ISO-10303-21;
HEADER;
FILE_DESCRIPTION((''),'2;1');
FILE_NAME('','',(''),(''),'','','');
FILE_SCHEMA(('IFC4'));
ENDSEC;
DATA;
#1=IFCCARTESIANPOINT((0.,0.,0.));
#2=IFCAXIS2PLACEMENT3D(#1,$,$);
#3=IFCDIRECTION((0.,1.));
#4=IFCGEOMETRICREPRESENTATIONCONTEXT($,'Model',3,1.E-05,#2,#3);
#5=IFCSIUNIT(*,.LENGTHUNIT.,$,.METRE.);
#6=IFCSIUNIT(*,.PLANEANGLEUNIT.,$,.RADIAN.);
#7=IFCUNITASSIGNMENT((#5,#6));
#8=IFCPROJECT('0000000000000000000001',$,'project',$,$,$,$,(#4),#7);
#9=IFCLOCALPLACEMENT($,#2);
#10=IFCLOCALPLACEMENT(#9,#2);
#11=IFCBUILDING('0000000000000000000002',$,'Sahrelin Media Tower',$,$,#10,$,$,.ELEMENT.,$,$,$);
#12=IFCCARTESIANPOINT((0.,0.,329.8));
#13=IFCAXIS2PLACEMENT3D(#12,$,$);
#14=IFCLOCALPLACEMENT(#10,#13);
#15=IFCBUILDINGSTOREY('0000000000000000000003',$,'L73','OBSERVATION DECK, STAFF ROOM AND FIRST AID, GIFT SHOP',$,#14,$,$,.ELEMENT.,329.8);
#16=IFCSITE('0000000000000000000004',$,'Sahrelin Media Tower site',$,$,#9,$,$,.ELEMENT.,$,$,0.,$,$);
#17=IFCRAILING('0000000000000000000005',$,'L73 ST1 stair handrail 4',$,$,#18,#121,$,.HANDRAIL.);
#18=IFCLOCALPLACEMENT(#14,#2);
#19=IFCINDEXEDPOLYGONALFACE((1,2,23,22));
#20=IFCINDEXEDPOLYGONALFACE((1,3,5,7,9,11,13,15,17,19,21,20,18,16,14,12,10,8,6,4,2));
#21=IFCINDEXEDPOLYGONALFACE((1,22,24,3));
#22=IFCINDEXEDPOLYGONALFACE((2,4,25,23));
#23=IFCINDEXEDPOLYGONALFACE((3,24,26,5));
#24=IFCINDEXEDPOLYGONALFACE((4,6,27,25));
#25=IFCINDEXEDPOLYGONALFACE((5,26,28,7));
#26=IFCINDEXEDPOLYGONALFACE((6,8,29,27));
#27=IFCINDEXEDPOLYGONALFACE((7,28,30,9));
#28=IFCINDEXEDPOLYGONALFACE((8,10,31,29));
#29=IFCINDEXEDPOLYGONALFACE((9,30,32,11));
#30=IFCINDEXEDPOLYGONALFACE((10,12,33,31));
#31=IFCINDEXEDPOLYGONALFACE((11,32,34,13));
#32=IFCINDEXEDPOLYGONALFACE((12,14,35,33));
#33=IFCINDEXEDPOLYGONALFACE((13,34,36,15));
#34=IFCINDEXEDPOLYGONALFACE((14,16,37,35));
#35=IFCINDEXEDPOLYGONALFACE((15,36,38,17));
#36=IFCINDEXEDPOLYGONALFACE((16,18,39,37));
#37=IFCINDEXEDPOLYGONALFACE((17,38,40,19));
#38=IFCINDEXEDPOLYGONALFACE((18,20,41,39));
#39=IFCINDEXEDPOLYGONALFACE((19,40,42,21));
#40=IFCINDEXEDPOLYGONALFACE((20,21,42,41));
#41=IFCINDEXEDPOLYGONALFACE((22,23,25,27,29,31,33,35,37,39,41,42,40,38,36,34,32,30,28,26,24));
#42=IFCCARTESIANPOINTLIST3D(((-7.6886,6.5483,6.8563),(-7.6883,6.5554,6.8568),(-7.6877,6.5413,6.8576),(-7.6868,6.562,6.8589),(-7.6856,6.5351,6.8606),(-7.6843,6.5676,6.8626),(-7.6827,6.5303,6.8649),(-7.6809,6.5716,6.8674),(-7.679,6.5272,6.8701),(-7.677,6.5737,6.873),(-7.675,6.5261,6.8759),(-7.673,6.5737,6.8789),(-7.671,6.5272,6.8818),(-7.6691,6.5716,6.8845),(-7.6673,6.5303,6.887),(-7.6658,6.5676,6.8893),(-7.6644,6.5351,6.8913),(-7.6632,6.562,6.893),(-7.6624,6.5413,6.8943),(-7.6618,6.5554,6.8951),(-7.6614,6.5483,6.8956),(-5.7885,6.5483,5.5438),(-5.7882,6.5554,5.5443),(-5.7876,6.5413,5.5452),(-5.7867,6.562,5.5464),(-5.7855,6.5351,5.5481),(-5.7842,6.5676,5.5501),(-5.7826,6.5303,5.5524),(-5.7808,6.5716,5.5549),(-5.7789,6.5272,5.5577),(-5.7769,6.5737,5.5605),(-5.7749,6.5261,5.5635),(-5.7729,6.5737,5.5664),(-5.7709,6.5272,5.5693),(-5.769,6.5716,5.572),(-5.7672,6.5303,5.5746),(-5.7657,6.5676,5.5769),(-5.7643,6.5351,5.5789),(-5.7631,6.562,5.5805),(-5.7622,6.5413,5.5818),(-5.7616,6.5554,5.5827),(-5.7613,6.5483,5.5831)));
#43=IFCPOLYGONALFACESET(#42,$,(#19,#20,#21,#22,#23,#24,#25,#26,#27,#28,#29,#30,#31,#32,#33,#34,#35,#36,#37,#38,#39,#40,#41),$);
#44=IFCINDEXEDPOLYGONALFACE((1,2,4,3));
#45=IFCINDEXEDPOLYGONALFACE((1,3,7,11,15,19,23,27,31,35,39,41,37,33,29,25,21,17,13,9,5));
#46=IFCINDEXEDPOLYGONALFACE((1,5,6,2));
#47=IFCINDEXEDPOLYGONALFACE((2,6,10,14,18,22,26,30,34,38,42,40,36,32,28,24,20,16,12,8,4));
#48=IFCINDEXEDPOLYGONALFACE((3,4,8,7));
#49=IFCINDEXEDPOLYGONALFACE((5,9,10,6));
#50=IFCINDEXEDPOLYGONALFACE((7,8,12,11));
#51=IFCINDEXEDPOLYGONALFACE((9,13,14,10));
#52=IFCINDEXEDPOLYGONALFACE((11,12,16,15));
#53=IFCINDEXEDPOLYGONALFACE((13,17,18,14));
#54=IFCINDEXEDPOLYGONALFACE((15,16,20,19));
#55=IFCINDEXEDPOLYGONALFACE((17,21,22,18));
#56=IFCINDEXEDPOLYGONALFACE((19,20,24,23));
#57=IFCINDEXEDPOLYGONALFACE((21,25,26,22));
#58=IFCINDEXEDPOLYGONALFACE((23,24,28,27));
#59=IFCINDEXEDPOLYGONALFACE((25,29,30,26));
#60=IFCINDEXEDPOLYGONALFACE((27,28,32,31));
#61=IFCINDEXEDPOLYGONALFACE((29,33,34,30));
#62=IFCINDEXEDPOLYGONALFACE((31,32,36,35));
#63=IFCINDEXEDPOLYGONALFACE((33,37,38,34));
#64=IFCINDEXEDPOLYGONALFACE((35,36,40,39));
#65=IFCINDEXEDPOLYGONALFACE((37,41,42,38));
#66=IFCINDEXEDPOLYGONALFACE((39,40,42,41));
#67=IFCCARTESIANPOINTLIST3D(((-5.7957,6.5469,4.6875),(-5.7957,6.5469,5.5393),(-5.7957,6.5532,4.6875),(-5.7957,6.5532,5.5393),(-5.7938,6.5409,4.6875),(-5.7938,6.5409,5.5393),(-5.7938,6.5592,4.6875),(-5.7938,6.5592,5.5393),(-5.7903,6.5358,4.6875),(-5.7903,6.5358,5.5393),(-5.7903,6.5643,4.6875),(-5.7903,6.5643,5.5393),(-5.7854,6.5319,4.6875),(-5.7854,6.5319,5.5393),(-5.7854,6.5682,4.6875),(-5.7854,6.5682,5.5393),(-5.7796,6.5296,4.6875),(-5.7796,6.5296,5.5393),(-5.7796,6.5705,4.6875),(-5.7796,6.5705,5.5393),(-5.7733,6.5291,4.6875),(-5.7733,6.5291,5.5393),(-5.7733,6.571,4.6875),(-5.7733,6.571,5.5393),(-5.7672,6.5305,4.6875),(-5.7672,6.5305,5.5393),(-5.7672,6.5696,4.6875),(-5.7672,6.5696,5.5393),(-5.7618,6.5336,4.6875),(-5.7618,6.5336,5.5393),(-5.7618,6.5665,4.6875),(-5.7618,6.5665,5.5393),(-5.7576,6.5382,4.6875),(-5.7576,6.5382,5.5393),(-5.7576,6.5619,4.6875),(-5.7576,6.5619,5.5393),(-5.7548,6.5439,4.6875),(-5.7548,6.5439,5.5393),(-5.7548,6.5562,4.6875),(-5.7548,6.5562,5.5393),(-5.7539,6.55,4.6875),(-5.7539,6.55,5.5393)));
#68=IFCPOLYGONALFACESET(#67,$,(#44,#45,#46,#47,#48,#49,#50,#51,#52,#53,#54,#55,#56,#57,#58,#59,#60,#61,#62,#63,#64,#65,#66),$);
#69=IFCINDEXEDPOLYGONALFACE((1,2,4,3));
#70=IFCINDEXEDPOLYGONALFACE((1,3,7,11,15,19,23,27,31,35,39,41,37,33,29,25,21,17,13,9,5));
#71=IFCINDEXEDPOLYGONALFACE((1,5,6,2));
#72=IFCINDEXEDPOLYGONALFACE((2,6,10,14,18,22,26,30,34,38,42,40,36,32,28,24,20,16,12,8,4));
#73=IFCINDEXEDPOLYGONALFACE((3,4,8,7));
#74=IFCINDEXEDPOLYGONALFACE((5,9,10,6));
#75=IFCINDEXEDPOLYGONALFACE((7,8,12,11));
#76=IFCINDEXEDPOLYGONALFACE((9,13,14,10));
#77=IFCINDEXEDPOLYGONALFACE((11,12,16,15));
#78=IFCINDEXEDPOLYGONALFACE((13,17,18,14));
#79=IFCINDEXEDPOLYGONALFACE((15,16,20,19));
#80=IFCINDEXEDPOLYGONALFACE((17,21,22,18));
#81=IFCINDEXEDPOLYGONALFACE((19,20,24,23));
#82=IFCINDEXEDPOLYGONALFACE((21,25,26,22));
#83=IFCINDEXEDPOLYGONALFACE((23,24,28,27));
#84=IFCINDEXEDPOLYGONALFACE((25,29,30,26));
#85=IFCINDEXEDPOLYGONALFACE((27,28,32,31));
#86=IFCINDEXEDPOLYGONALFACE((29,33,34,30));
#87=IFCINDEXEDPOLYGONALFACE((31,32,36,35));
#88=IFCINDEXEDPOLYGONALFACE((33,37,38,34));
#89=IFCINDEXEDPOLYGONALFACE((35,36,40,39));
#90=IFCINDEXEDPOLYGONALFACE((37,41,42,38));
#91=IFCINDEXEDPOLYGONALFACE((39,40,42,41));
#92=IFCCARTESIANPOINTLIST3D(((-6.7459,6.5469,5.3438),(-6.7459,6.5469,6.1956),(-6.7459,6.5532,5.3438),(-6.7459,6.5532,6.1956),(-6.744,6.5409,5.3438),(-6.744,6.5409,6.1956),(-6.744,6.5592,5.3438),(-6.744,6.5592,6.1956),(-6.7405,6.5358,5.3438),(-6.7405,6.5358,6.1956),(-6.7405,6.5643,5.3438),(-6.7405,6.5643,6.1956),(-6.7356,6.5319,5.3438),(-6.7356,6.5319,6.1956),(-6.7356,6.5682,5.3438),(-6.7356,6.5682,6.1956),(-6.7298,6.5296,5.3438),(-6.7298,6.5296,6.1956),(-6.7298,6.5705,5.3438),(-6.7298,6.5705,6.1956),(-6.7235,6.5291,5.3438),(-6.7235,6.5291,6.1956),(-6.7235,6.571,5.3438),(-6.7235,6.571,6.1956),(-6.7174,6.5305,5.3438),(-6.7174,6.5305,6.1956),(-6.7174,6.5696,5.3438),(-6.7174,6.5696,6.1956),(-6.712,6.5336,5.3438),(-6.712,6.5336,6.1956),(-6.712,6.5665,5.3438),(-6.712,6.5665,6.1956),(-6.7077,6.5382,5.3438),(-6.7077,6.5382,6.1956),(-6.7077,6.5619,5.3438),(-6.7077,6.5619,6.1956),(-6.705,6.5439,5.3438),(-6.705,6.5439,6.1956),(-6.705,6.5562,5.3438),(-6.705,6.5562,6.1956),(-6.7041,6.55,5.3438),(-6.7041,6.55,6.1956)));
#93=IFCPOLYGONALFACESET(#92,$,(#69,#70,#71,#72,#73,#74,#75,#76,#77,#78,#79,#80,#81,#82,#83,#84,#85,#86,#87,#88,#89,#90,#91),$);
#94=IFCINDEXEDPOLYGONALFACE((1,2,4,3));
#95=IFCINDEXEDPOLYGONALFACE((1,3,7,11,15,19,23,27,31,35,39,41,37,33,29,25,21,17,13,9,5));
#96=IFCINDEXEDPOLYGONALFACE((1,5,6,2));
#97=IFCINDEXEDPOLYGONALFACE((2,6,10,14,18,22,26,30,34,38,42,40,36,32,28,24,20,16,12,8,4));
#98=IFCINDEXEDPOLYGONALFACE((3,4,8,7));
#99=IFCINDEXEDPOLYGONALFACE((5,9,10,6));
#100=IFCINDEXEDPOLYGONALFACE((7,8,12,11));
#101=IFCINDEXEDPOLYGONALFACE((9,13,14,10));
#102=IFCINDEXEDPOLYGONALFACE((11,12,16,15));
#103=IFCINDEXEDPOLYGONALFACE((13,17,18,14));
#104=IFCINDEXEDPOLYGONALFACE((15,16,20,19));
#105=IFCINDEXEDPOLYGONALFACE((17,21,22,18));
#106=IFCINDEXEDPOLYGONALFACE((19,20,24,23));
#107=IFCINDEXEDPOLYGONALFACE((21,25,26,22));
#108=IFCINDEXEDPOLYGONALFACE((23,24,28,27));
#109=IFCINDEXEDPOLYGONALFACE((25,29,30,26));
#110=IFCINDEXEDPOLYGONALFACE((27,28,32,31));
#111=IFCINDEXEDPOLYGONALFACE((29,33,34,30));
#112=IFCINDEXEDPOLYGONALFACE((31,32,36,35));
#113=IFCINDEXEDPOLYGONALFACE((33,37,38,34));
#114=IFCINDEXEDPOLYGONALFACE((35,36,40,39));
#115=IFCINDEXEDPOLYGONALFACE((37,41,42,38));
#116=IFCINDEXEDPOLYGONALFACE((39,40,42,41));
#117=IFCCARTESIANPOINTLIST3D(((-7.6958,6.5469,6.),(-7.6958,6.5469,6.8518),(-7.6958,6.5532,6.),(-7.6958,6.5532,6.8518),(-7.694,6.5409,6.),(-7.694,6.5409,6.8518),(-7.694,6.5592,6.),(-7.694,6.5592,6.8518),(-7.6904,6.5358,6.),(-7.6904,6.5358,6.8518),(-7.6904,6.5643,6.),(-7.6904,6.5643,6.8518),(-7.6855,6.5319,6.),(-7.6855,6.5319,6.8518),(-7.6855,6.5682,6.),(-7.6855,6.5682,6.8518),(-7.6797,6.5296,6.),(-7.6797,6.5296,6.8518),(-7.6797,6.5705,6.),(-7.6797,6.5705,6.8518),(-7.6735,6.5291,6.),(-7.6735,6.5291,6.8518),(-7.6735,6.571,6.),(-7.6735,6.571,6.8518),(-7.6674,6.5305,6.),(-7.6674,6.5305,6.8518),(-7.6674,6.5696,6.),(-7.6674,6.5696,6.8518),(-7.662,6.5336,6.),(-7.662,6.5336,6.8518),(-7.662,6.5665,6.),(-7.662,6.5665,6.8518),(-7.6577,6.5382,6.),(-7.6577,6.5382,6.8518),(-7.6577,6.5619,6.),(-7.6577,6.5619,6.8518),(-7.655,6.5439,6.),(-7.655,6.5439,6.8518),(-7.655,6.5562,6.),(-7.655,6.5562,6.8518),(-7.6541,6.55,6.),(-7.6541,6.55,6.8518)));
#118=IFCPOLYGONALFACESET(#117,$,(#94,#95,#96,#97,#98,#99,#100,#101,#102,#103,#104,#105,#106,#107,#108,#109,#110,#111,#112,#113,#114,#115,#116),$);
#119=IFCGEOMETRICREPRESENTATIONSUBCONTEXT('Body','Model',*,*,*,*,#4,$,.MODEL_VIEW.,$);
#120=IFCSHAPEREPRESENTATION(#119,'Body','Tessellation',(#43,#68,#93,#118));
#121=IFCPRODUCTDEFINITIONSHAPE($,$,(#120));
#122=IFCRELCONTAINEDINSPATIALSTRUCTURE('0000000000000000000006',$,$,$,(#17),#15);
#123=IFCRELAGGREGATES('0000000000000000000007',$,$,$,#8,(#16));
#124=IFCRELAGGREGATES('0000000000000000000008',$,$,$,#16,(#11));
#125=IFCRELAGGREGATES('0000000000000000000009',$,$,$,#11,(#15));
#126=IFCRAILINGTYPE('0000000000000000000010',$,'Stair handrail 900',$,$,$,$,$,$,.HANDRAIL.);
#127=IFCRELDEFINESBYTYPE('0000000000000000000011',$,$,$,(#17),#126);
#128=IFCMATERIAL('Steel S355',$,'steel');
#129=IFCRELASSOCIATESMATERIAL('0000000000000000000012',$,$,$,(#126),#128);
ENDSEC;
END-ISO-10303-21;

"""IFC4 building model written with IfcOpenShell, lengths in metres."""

from ifc_helpers import new_model, si_unit, direction, frame, origin, origin_2d, place, context, subcontext, project, spatial, circle, extrude, material, type_object, element, save


model = new_model("IFC4")

# Units and contexts
model_context = context("Model", 3, precision=1e-05, world=origin(), true_north=direction((0.0, 1.0)))
body_context = subcontext(model_context, "Body", "Model", "MODEL_VIEW")
ifc_project = project(units=[si_unit("LENGTHUNIT", "METRE"), si_unit("PLANEANGLEUNIT", "RADIAN")], contexts=[model_context])

# Site, building, storey
site_placement = place(None, origin())
site = spatial("IfcSite", under=ifc_project, at=site_placement, Name="Sahrelin Media Tower site", CompositionType="ELEMENT", RefElevation=0.0)
building_placement = place(site_placement, origin())
building = spatial("IfcBuilding", under=site, at=building_placement, Name="Sahrelin Media Tower", CompositionType="ELEMENT")
storey_placement = place(building_placement, frame((0.0, 0.0, 329.8)))
storey = spatial("IfcBuildingStorey", under=building, at=storey_placement, Name="L73", Description="OBSERVATION DECK, STAFF ROOM AND FIRST AID, GIFT SHOP", CompositionType="ELEMENT", Elevation=329.8)

# Shared definitions
ifc_material_1 = material(Name="Steel S355", Category="steel")

# Railing
railing_type_1 = type_object("IfcRailingType", Name="Stair handrail 900", PredefinedType="HANDRAIL", material=ifc_material_1)
railing_1_placement = place(storey_placement, frame((-5.7749, 6.55, 4.6875)))
element("IfcRailing", 1, at=railing_1_placement, inside=storey, type_object=railing_type_1, Name="L73 ST1 stair handrail 4", PredefinedType="HANDRAIL", context=body_context, shape_type="SweptSolid", body=[
    extrude(circle(Radius=0.0239, at=origin_2d()), frame((0.0, 0.0, 0.876), z_axis=(-0.822797, 0.0, 0.568336), x_axis=(0.0, -1.0, 0.0)), (0.0, 0.0, 1.0), 2.3093),
    extrude(circle(Radius=0.021, at=origin_2d()), origin(), (0.0, 0.0, 1.0), 0.8518),
    extrude(circle(Radius=0.021, at=origin_2d()), frame((-0.9502, 0.0, 0.6562)), (0.0, 0.0, 1.0), 0.8518),
    extrude(circle(Radius=0.021, at=origin_2d()), frame((-1.9001, 0.0, 1.3125)), (0.0, 0.0, 1.0), 0.8518),
])

save(model, "model.ifc")
